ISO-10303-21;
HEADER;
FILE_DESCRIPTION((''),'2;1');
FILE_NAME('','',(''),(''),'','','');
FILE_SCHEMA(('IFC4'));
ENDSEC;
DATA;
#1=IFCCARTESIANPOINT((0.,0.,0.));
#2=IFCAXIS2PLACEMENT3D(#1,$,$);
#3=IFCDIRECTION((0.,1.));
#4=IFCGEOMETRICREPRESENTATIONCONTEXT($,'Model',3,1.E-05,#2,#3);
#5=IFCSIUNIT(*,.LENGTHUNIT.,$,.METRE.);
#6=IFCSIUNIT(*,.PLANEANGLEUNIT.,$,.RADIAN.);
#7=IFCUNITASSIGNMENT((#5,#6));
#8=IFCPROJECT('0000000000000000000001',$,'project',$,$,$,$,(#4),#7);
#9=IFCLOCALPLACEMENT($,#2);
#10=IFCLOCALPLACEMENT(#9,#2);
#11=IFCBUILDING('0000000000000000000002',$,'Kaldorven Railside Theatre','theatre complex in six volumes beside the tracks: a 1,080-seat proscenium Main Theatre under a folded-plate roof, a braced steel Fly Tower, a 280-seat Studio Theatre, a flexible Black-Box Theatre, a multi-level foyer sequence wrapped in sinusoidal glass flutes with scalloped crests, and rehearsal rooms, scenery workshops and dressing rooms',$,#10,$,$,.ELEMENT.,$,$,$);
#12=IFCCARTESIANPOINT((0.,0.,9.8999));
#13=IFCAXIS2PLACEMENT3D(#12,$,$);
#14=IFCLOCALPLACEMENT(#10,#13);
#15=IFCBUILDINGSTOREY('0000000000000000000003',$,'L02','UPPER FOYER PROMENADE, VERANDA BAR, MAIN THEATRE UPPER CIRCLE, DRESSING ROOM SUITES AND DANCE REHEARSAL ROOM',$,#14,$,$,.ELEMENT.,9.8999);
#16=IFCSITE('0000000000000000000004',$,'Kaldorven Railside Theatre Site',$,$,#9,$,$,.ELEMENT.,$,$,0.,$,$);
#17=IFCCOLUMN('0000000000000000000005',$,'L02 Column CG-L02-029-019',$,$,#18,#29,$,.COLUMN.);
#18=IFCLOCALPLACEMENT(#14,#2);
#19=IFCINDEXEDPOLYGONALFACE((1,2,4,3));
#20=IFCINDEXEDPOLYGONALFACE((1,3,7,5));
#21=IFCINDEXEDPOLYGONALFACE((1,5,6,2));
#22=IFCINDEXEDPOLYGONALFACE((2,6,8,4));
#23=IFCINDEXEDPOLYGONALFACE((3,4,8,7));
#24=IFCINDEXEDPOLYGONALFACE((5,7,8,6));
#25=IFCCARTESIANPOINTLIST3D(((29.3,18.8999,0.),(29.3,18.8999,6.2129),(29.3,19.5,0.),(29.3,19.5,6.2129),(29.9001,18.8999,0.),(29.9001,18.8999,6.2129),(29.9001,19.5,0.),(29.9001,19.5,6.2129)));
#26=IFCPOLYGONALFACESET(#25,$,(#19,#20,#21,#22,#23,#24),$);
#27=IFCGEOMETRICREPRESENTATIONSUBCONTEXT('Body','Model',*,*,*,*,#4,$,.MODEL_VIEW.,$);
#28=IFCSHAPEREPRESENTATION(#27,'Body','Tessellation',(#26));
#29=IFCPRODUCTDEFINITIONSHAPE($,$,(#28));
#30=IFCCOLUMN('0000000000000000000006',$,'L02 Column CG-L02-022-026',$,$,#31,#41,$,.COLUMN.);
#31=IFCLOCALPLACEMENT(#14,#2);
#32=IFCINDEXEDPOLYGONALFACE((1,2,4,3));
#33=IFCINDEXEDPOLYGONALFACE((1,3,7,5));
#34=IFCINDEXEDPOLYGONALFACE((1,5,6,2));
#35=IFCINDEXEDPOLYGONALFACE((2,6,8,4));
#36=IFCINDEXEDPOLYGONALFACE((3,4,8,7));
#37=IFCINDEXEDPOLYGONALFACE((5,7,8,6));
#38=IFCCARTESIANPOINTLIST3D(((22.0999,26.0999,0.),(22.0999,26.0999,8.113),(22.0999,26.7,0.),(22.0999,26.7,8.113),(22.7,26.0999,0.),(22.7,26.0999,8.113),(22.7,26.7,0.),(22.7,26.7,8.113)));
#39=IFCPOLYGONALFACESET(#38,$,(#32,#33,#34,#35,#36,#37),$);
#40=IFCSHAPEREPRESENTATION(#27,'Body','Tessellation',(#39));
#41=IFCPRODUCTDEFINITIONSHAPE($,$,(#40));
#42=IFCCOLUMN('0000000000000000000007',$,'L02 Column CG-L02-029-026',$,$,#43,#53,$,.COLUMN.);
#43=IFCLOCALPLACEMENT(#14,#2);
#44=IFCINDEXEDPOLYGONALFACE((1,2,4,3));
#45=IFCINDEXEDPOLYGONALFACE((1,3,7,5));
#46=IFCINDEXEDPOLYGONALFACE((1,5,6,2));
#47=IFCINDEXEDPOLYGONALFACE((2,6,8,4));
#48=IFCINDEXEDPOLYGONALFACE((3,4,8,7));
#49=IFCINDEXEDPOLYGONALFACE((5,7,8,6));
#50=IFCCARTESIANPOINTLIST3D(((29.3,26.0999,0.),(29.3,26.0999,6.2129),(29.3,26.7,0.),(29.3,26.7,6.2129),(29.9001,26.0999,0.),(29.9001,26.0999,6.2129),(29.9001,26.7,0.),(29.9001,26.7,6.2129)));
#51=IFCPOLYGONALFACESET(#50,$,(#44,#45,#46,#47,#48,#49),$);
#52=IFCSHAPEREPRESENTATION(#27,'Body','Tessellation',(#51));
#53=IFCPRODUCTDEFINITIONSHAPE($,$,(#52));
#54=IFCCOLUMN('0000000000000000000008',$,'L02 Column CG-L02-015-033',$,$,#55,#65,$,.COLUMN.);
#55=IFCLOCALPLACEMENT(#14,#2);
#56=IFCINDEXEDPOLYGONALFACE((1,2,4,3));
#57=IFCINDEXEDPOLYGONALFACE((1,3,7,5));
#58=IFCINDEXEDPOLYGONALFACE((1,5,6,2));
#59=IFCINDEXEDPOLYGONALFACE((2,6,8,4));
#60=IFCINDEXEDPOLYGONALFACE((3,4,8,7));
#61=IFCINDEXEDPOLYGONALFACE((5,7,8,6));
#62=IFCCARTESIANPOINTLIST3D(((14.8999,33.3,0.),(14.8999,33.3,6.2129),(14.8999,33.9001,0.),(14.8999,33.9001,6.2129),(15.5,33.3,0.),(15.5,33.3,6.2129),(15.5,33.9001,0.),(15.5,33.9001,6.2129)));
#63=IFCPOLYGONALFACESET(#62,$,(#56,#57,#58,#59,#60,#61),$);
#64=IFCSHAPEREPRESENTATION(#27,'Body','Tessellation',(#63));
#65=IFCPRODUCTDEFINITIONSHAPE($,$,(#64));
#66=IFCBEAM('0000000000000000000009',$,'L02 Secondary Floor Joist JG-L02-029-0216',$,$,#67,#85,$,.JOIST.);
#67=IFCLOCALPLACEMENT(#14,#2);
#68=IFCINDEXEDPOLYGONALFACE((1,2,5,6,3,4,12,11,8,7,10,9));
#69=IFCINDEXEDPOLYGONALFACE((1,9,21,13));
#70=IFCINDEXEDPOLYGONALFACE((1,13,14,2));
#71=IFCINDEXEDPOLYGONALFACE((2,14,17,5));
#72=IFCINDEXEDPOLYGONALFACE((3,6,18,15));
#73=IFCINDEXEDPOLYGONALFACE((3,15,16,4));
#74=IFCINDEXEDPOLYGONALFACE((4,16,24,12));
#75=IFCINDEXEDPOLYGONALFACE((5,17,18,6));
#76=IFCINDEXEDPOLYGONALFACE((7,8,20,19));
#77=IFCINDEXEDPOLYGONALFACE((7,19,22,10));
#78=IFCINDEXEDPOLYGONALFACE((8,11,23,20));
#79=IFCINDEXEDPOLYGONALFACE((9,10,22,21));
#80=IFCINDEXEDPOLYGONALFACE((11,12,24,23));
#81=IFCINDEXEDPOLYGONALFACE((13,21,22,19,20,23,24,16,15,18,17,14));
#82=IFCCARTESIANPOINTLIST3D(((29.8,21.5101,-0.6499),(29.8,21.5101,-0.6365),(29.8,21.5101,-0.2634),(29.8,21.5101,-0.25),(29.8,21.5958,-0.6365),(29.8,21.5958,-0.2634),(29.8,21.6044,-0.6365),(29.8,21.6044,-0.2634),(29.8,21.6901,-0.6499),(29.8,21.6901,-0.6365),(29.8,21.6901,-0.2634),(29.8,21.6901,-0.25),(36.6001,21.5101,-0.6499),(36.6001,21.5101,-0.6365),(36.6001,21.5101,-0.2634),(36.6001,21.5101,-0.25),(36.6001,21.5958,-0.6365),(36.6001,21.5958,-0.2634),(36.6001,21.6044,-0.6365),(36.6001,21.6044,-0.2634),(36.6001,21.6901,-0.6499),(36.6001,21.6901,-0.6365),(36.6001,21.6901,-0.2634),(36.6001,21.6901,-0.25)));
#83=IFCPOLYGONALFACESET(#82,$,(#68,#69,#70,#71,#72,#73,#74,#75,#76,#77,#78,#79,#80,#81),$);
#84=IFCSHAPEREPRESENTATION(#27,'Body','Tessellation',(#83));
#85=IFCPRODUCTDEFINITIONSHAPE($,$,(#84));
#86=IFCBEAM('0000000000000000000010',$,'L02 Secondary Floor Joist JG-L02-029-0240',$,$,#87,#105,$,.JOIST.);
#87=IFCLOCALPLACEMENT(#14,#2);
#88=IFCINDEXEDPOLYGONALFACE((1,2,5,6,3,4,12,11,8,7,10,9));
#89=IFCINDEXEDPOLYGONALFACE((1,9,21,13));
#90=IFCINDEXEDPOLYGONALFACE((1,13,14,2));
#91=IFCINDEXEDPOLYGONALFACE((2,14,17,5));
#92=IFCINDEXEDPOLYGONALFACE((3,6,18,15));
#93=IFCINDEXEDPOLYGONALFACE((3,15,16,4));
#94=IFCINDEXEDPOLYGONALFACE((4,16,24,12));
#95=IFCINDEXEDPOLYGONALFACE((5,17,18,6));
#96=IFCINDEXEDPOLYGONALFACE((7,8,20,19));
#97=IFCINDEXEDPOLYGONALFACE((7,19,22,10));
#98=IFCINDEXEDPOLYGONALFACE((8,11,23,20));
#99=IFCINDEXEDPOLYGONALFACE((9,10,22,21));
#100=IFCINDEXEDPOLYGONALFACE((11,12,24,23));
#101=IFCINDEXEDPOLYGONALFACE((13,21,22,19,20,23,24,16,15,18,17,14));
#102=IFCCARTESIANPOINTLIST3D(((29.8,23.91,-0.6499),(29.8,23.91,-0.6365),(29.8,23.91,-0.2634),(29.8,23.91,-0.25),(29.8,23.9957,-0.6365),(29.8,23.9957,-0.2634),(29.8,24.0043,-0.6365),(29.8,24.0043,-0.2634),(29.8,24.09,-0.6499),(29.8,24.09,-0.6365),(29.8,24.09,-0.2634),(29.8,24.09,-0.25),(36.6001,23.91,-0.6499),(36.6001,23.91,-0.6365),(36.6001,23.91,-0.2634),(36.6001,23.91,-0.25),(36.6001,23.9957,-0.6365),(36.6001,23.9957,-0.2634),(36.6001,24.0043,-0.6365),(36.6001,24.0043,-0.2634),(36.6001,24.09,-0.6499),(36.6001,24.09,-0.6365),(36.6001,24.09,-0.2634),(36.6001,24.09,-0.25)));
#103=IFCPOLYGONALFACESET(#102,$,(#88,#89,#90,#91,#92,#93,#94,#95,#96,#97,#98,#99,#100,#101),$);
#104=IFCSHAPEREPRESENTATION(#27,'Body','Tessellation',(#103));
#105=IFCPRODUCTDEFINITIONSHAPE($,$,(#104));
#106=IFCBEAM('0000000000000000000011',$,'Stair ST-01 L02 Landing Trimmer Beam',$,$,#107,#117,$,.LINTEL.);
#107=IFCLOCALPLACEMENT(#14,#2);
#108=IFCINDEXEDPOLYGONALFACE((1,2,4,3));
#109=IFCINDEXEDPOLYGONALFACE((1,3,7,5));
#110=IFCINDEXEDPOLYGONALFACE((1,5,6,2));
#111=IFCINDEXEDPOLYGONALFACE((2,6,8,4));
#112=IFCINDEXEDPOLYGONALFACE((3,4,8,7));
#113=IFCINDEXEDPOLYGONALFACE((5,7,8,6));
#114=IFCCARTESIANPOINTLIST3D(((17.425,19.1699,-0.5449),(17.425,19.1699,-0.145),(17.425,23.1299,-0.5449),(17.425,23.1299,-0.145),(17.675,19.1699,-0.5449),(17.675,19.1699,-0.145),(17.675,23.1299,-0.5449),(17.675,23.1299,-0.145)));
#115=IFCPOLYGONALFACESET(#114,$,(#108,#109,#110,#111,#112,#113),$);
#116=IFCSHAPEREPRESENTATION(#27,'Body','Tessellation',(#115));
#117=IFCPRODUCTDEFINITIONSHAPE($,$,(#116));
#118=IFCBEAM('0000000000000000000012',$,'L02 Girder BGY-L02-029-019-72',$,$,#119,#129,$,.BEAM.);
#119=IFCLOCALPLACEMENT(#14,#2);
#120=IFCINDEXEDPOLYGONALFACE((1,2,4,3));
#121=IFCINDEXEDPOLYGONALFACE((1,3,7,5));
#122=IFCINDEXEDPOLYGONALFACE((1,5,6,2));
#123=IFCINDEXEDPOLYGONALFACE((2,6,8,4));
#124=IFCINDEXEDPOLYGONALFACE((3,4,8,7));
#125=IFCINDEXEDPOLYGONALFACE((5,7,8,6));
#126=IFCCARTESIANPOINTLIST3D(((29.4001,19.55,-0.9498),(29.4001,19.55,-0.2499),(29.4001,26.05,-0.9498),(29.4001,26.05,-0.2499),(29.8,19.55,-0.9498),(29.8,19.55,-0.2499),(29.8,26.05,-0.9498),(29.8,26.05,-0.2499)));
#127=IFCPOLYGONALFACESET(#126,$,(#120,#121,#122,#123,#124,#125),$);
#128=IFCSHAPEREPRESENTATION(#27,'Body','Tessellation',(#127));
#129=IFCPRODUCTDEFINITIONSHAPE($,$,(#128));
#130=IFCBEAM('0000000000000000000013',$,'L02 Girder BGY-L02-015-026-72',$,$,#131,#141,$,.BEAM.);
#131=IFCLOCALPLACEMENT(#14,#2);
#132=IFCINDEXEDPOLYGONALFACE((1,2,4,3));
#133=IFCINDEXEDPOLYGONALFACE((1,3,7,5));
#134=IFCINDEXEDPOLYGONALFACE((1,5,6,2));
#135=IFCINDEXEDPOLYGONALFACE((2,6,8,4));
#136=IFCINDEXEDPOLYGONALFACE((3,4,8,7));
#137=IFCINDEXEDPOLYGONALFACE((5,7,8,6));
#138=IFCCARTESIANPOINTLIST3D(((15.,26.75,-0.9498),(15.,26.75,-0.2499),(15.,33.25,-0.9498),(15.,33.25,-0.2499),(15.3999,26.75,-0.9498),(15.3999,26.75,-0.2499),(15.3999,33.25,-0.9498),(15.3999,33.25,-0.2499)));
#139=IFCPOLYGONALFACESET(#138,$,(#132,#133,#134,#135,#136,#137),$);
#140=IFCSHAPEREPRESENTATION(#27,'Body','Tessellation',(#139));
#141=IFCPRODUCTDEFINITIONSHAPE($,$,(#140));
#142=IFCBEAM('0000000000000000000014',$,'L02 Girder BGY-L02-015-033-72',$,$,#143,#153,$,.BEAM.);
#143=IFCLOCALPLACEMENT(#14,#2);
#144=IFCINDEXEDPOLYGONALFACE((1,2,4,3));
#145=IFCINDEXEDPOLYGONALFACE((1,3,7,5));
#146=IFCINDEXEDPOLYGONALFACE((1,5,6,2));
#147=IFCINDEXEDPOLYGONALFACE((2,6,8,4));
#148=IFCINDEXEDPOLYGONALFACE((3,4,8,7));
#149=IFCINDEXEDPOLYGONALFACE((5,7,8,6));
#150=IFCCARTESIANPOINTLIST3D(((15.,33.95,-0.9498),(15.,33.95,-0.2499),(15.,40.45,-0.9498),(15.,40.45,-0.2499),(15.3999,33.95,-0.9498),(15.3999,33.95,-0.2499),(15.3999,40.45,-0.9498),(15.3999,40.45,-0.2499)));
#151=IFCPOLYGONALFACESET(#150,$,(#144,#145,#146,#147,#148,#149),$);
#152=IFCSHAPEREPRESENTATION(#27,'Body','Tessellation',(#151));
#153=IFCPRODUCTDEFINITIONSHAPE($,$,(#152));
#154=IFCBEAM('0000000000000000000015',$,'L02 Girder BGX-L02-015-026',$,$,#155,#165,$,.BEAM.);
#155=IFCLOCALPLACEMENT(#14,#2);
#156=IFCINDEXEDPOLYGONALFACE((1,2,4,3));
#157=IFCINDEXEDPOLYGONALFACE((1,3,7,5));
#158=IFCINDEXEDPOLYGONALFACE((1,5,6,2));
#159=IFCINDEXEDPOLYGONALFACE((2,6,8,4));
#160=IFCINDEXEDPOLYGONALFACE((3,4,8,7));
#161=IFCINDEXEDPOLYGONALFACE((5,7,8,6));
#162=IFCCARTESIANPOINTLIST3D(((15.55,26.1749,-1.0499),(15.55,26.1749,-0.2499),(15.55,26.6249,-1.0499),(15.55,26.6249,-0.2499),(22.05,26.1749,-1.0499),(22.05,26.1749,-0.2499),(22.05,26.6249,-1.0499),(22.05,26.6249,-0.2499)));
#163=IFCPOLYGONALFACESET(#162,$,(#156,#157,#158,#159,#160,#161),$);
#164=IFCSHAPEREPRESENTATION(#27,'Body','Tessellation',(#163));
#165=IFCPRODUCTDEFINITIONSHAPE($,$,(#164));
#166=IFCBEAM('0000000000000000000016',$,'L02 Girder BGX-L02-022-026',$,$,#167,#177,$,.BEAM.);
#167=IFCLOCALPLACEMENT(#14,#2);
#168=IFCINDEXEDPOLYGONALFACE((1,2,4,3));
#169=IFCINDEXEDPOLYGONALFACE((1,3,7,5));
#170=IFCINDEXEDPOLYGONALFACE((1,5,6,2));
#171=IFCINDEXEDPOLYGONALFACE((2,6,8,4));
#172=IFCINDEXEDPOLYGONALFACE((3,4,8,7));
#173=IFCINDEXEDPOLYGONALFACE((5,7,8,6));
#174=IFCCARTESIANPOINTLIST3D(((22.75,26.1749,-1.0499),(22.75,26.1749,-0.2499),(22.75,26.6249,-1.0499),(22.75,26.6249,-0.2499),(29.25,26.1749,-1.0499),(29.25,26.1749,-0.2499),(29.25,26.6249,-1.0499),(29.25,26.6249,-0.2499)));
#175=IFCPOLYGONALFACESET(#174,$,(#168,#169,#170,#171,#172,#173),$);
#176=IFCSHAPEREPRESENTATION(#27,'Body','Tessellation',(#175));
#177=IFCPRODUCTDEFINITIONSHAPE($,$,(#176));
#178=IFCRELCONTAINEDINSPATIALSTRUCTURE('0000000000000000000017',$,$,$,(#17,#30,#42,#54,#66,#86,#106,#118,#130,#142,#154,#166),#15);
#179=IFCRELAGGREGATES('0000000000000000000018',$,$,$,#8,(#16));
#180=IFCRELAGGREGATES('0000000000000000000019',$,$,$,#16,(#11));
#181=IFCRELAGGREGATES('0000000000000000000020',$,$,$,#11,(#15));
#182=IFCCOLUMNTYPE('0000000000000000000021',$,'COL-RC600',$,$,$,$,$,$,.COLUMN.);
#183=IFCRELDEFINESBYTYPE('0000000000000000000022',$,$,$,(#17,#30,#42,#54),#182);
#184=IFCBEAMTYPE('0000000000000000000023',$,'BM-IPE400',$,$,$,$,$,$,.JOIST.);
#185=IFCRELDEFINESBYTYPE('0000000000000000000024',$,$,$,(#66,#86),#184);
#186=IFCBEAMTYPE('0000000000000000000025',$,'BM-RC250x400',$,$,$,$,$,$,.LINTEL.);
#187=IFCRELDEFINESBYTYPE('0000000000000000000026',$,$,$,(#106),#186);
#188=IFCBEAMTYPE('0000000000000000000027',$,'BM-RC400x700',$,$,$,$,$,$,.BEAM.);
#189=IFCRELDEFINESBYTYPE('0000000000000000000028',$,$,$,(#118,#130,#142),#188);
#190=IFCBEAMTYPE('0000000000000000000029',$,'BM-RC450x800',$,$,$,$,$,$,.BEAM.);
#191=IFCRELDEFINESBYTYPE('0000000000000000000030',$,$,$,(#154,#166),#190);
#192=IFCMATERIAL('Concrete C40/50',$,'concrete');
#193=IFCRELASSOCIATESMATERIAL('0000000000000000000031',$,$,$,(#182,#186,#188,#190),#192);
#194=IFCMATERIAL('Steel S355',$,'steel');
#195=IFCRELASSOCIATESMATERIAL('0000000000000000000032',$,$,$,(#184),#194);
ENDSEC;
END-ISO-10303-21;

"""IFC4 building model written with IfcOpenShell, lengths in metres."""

from ifc_helpers import new_model, si_unit, direction, frame, origin, origin_2d, place, context, subcontext, project, spatial, rectangle, i_section, extrude, material, material_profile, profile_set, type_object, element, save


model = new_model("IFC4")

# Units and contexts
model_context = context("Model", 3, precision=1e-05, world=origin(), true_north=direction((0.0, 1.0)))
body_context = subcontext(model_context, "Body", "Model", "MODEL_VIEW")
ifc_project = project(units=[si_unit("LENGTHUNIT", "METRE"), si_unit("PLANEANGLEUNIT", "RADIAN")], contexts=[model_context])

# Site, building, storey
site_placement = place(None, origin())
site = spatial("IfcSite", under=ifc_project, at=site_placement, Name="Kaldorven Railside Theatre Site", CompositionType="ELEMENT", RefElevation=0.0)
building_placement = place(site_placement, origin())
building = spatial("IfcBuilding", under=site, at=building_placement, Name="Kaldorven Railside Theatre", Description="theatre complex in six volumes beside the tracks: a 1,080-seat proscenium Main Theatre under a folded-plate roof, a braced steel Fly Tower, a 280-seat Studio Theatre, a flexible Black-Box Theatre, a multi-level foyer sequence wrapped in sinusoidal glass flutes with scalloped crests, and rehearsal rooms, scenery workshops and dressing rooms", CompositionType="ELEMENT")
storey_placement = place(building_placement, frame((0.0, 0.0, 9.8999)))
storey = spatial("IfcBuildingStorey", under=building, at=storey_placement, Name="L02", Description="UPPER FOYER PROMENADE, VERANDA BAR, MAIN THEATRE UPPER CIRCLE, DRESSING ROOM SUITES AND DANCE REHEARSAL ROOM", CompositionType="ELEMENT", Elevation=9.8999)

# Columns
ifc_material_1 = material(Name="Concrete C40/50", Category="concrete")
ifc_material_profile_1 = material_profile(ifc_material_1, rectangle(XDim=0.6001, YDim=0.6001, at=origin_2d()), Name="RC 600x600")
ifc_profile_set_1 = profile_set([ifc_material_profile_1], Name="Concrete C40/50")
column_type = type_object("IfcColumnType", Name="COL-RC600", PredefinedType="COLUMN", material=ifc_profile_set_1)
column_1_placement = place(storey_placement, frame((29.6001, 19.2, 0.0), z_axis=(0.0, 0.0, 1.0), x_axis=(1.0, 0.0, 0.0)))
element("IfcColumn", 1, at=column_1_placement, inside=storey, type_object=column_type, Name="L02 Column CG-L02-029-019", PredefinedType="COLUMN", context=body_context, shape_type="SweptSolid", body=[
    extrude(rectangle(XDim=0.6001, YDim=0.6001, at=origin_2d()), origin(), (0.0, 0.0, 1.0), 6.2129),
])
column_2_placement = place(storey_placement, frame((22.3999, 26.3999, 0.0), z_axis=(0.0, 0.0, 1.0), x_axis=(1.0, 0.0, 0.0)))
element("IfcColumn", 2, at=column_2_placement, inside=storey, type_object=column_type, Name="L02 Column CG-L02-022-026", PredefinedType="COLUMN", context=body_context, shape_type="SweptSolid", body=[
    extrude(rectangle(XDim=0.6001, YDim=0.6001, at=origin_2d()), origin(), (0.0, 0.0, 1.0), 8.113),
])
for number, where, z_axis, x_axis, name in (
    (3, (29.6001, 26.3999, 0.0), (0.0, 0.0, 1.0), (1.0, 0.0, 0.0), "L02 Column CG-L02-029-026"),
    (4, (15.2, 33.6001, 0.0), (0.0, 0.0, 1.0), (1.0, 0.0, 0.0), "L02 Column CG-L02-015-033"),
):
    element("IfcColumn", number, at=place(storey_placement, frame(where, z_axis=z_axis, x_axis=x_axis)), inside=storey, type_object=column_type, Name=name, PredefinedType="COLUMN", context=body_context, shape_type="SweptSolid", body=[
        extrude(rectangle(XDim=0.6001, YDim=0.6001, at=origin_2d()), origin(), (0.0, 0.0, 1.0), 6.2129),
    ])

# Beams
ifc_material_2 = material(Name="Steel S355", Category="steel")
ifc_material_profile_2 = material_profile(ifc_material_2, i_section(OverallWidth=0.1799, OverallDepth=0.3999, WebThickness=0.0085, FlangeThickness=0.0134, at=origin_2d()), Name="IPE 400")
ifc_profile_set_2 = profile_set([ifc_material_profile_2], Name="Steel S355")
beam_type_1 = type_object("IfcBeamType", Name="BM-IPE400", PredefinedType="JOIST", material=ifc_profile_set_2)
for number, where, z_axis, x_axis, name in (
    (5, (29.8, 21.6001, -0.45), (1.0, 0.0, 0.0), (0.0, 1.0, 0.0), "L02 Secondary Floor Joist JG-L02-029-0216"),
    (6, (29.8, 24.0, -0.45), (1.0, 0.0, 0.0), (0.0, 1.0, 0.0), "L02 Secondary Floor Joist JG-L02-029-0240"),
):
    element("IfcBeam", number, at=place(storey_placement, frame(where, z_axis=z_axis, x_axis=x_axis)), inside=storey, type_object=beam_type_1, Name=name, PredefinedType="JOIST", context=body_context, shape_type="SweptSolid", body=[
        extrude(i_section(OverallWidth=0.1799, OverallDepth=0.3999, WebThickness=0.0085, FlangeThickness=0.0134, at=origin_2d()), origin(), (0.0, 0.0, 1.0), 6.8),
    ])
ifc_material_profile_3 = material_profile(ifc_material_1, rectangle(XDim=0.25, YDim=0.3999, at=origin_2d()), Name="RC 250x400")
ifc_profile_set_3 = profile_set([ifc_material_profile_3], Name="Concrete C40/50")
beam_type_2 = type_object("IfcBeamType", Name="BM-RC250x400", PredefinedType="LINTEL", material=ifc_profile_set_3)
beam_placement = place(storey_placement, frame((17.55, 19.1699, -0.345), z_axis=(0.0, 1.0, 0.0), x_axis=(-1.0, 0.0, 0.0)))
element("IfcBeam", 7, at=beam_placement, inside=storey, type_object=beam_type_2, Name="Stair ST-01 L02 Landing Trimmer Beam", PredefinedType="LINTEL", context=body_context, shape_type="SweptSolid", body=[
    extrude(rectangle(XDim=0.25, YDim=0.3999, at=origin_2d()), origin(), (0.0, 0.0, 1.0), 3.96),
])
ifc_material_profile_4 = material_profile(ifc_material_1, rectangle(XDim=0.3999, YDim=0.7, at=origin_2d()), Name="RC 400x700")
ifc_profile_set_4 = profile_set([ifc_material_profile_4], Name="Concrete C40/50")
beam_type_3 = type_object("IfcBeamType", Name="BM-RC400x700", PredefinedType="BEAM", material=ifc_profile_set_4)
for number, where, z_axis, x_axis, name in (
    (8, (29.6001, 19.55, -0.5999), (0.0, 1.0, 0.0), (-1.0, 0.0, 0.0), "L02 Girder BGY-L02-029-019-72"),
    (9, (15.2, 26.75, -0.5999), (0.0, 1.0, 0.0), (-1.0, 0.0, 0.0), "L02 Girder BGY-L02-015-026-72"),
    (10, (15.2, 33.95, -0.5999), (0.0, 1.0, 0.0), (-1.0, 0.0, 0.0), "L02 Girder BGY-L02-015-033-72"),
):
    element("IfcBeam", number, at=place(storey_placement, frame(where, z_axis=z_axis, x_axis=x_axis)), inside=storey, type_object=beam_type_3, Name=name, PredefinedType="BEAM", context=body_context, shape_type="SweptSolid", body=[
        extrude(rectangle(XDim=0.3999, YDim=0.7, at=origin_2d()), origin(), (0.0, 0.0, 1.0), 6.5),
    ])
ifc_material_profile_5 = material_profile(ifc_material_1, rectangle(XDim=0.45, YDim=0.8, at=origin_2d()), Name="RC 450x800")
ifc_profile_set_5 = profile_set([ifc_material_profile_5], Name="Concrete C40/50")
beam_type_4 = type_object("IfcBeamType", Name="BM-RC450x800", PredefinedType="BEAM", material=ifc_profile_set_5)
for number, where, z_axis, x_axis, name in (
    (11, (15.55, 26.3999, -0.6499), (1.0, 0.0, 0.0), (0.0, 1.0, 0.0), "L02 Girder BGX-L02-015-026"),
    (12, (22.75, 26.3999, -0.6499), (1.0, 0.0, 0.0), (0.0, 1.0, 0.0), "L02 Girder BGX-L02-022-026"),
):
    element("IfcBeam", number, at=place(storey_placement, frame(where, z_axis=z_axis, x_axis=x_axis)), inside=storey, type_object=beam_type_4, Name=name, PredefinedType="BEAM", context=body_context, shape_type="SweptSolid", body=[
        extrude(rectangle(XDim=0.45, YDim=0.8, at=origin_2d()), origin(), (0.0, 0.0, 1.0), 6.5),
    ])

save(model, "model.ifc")
